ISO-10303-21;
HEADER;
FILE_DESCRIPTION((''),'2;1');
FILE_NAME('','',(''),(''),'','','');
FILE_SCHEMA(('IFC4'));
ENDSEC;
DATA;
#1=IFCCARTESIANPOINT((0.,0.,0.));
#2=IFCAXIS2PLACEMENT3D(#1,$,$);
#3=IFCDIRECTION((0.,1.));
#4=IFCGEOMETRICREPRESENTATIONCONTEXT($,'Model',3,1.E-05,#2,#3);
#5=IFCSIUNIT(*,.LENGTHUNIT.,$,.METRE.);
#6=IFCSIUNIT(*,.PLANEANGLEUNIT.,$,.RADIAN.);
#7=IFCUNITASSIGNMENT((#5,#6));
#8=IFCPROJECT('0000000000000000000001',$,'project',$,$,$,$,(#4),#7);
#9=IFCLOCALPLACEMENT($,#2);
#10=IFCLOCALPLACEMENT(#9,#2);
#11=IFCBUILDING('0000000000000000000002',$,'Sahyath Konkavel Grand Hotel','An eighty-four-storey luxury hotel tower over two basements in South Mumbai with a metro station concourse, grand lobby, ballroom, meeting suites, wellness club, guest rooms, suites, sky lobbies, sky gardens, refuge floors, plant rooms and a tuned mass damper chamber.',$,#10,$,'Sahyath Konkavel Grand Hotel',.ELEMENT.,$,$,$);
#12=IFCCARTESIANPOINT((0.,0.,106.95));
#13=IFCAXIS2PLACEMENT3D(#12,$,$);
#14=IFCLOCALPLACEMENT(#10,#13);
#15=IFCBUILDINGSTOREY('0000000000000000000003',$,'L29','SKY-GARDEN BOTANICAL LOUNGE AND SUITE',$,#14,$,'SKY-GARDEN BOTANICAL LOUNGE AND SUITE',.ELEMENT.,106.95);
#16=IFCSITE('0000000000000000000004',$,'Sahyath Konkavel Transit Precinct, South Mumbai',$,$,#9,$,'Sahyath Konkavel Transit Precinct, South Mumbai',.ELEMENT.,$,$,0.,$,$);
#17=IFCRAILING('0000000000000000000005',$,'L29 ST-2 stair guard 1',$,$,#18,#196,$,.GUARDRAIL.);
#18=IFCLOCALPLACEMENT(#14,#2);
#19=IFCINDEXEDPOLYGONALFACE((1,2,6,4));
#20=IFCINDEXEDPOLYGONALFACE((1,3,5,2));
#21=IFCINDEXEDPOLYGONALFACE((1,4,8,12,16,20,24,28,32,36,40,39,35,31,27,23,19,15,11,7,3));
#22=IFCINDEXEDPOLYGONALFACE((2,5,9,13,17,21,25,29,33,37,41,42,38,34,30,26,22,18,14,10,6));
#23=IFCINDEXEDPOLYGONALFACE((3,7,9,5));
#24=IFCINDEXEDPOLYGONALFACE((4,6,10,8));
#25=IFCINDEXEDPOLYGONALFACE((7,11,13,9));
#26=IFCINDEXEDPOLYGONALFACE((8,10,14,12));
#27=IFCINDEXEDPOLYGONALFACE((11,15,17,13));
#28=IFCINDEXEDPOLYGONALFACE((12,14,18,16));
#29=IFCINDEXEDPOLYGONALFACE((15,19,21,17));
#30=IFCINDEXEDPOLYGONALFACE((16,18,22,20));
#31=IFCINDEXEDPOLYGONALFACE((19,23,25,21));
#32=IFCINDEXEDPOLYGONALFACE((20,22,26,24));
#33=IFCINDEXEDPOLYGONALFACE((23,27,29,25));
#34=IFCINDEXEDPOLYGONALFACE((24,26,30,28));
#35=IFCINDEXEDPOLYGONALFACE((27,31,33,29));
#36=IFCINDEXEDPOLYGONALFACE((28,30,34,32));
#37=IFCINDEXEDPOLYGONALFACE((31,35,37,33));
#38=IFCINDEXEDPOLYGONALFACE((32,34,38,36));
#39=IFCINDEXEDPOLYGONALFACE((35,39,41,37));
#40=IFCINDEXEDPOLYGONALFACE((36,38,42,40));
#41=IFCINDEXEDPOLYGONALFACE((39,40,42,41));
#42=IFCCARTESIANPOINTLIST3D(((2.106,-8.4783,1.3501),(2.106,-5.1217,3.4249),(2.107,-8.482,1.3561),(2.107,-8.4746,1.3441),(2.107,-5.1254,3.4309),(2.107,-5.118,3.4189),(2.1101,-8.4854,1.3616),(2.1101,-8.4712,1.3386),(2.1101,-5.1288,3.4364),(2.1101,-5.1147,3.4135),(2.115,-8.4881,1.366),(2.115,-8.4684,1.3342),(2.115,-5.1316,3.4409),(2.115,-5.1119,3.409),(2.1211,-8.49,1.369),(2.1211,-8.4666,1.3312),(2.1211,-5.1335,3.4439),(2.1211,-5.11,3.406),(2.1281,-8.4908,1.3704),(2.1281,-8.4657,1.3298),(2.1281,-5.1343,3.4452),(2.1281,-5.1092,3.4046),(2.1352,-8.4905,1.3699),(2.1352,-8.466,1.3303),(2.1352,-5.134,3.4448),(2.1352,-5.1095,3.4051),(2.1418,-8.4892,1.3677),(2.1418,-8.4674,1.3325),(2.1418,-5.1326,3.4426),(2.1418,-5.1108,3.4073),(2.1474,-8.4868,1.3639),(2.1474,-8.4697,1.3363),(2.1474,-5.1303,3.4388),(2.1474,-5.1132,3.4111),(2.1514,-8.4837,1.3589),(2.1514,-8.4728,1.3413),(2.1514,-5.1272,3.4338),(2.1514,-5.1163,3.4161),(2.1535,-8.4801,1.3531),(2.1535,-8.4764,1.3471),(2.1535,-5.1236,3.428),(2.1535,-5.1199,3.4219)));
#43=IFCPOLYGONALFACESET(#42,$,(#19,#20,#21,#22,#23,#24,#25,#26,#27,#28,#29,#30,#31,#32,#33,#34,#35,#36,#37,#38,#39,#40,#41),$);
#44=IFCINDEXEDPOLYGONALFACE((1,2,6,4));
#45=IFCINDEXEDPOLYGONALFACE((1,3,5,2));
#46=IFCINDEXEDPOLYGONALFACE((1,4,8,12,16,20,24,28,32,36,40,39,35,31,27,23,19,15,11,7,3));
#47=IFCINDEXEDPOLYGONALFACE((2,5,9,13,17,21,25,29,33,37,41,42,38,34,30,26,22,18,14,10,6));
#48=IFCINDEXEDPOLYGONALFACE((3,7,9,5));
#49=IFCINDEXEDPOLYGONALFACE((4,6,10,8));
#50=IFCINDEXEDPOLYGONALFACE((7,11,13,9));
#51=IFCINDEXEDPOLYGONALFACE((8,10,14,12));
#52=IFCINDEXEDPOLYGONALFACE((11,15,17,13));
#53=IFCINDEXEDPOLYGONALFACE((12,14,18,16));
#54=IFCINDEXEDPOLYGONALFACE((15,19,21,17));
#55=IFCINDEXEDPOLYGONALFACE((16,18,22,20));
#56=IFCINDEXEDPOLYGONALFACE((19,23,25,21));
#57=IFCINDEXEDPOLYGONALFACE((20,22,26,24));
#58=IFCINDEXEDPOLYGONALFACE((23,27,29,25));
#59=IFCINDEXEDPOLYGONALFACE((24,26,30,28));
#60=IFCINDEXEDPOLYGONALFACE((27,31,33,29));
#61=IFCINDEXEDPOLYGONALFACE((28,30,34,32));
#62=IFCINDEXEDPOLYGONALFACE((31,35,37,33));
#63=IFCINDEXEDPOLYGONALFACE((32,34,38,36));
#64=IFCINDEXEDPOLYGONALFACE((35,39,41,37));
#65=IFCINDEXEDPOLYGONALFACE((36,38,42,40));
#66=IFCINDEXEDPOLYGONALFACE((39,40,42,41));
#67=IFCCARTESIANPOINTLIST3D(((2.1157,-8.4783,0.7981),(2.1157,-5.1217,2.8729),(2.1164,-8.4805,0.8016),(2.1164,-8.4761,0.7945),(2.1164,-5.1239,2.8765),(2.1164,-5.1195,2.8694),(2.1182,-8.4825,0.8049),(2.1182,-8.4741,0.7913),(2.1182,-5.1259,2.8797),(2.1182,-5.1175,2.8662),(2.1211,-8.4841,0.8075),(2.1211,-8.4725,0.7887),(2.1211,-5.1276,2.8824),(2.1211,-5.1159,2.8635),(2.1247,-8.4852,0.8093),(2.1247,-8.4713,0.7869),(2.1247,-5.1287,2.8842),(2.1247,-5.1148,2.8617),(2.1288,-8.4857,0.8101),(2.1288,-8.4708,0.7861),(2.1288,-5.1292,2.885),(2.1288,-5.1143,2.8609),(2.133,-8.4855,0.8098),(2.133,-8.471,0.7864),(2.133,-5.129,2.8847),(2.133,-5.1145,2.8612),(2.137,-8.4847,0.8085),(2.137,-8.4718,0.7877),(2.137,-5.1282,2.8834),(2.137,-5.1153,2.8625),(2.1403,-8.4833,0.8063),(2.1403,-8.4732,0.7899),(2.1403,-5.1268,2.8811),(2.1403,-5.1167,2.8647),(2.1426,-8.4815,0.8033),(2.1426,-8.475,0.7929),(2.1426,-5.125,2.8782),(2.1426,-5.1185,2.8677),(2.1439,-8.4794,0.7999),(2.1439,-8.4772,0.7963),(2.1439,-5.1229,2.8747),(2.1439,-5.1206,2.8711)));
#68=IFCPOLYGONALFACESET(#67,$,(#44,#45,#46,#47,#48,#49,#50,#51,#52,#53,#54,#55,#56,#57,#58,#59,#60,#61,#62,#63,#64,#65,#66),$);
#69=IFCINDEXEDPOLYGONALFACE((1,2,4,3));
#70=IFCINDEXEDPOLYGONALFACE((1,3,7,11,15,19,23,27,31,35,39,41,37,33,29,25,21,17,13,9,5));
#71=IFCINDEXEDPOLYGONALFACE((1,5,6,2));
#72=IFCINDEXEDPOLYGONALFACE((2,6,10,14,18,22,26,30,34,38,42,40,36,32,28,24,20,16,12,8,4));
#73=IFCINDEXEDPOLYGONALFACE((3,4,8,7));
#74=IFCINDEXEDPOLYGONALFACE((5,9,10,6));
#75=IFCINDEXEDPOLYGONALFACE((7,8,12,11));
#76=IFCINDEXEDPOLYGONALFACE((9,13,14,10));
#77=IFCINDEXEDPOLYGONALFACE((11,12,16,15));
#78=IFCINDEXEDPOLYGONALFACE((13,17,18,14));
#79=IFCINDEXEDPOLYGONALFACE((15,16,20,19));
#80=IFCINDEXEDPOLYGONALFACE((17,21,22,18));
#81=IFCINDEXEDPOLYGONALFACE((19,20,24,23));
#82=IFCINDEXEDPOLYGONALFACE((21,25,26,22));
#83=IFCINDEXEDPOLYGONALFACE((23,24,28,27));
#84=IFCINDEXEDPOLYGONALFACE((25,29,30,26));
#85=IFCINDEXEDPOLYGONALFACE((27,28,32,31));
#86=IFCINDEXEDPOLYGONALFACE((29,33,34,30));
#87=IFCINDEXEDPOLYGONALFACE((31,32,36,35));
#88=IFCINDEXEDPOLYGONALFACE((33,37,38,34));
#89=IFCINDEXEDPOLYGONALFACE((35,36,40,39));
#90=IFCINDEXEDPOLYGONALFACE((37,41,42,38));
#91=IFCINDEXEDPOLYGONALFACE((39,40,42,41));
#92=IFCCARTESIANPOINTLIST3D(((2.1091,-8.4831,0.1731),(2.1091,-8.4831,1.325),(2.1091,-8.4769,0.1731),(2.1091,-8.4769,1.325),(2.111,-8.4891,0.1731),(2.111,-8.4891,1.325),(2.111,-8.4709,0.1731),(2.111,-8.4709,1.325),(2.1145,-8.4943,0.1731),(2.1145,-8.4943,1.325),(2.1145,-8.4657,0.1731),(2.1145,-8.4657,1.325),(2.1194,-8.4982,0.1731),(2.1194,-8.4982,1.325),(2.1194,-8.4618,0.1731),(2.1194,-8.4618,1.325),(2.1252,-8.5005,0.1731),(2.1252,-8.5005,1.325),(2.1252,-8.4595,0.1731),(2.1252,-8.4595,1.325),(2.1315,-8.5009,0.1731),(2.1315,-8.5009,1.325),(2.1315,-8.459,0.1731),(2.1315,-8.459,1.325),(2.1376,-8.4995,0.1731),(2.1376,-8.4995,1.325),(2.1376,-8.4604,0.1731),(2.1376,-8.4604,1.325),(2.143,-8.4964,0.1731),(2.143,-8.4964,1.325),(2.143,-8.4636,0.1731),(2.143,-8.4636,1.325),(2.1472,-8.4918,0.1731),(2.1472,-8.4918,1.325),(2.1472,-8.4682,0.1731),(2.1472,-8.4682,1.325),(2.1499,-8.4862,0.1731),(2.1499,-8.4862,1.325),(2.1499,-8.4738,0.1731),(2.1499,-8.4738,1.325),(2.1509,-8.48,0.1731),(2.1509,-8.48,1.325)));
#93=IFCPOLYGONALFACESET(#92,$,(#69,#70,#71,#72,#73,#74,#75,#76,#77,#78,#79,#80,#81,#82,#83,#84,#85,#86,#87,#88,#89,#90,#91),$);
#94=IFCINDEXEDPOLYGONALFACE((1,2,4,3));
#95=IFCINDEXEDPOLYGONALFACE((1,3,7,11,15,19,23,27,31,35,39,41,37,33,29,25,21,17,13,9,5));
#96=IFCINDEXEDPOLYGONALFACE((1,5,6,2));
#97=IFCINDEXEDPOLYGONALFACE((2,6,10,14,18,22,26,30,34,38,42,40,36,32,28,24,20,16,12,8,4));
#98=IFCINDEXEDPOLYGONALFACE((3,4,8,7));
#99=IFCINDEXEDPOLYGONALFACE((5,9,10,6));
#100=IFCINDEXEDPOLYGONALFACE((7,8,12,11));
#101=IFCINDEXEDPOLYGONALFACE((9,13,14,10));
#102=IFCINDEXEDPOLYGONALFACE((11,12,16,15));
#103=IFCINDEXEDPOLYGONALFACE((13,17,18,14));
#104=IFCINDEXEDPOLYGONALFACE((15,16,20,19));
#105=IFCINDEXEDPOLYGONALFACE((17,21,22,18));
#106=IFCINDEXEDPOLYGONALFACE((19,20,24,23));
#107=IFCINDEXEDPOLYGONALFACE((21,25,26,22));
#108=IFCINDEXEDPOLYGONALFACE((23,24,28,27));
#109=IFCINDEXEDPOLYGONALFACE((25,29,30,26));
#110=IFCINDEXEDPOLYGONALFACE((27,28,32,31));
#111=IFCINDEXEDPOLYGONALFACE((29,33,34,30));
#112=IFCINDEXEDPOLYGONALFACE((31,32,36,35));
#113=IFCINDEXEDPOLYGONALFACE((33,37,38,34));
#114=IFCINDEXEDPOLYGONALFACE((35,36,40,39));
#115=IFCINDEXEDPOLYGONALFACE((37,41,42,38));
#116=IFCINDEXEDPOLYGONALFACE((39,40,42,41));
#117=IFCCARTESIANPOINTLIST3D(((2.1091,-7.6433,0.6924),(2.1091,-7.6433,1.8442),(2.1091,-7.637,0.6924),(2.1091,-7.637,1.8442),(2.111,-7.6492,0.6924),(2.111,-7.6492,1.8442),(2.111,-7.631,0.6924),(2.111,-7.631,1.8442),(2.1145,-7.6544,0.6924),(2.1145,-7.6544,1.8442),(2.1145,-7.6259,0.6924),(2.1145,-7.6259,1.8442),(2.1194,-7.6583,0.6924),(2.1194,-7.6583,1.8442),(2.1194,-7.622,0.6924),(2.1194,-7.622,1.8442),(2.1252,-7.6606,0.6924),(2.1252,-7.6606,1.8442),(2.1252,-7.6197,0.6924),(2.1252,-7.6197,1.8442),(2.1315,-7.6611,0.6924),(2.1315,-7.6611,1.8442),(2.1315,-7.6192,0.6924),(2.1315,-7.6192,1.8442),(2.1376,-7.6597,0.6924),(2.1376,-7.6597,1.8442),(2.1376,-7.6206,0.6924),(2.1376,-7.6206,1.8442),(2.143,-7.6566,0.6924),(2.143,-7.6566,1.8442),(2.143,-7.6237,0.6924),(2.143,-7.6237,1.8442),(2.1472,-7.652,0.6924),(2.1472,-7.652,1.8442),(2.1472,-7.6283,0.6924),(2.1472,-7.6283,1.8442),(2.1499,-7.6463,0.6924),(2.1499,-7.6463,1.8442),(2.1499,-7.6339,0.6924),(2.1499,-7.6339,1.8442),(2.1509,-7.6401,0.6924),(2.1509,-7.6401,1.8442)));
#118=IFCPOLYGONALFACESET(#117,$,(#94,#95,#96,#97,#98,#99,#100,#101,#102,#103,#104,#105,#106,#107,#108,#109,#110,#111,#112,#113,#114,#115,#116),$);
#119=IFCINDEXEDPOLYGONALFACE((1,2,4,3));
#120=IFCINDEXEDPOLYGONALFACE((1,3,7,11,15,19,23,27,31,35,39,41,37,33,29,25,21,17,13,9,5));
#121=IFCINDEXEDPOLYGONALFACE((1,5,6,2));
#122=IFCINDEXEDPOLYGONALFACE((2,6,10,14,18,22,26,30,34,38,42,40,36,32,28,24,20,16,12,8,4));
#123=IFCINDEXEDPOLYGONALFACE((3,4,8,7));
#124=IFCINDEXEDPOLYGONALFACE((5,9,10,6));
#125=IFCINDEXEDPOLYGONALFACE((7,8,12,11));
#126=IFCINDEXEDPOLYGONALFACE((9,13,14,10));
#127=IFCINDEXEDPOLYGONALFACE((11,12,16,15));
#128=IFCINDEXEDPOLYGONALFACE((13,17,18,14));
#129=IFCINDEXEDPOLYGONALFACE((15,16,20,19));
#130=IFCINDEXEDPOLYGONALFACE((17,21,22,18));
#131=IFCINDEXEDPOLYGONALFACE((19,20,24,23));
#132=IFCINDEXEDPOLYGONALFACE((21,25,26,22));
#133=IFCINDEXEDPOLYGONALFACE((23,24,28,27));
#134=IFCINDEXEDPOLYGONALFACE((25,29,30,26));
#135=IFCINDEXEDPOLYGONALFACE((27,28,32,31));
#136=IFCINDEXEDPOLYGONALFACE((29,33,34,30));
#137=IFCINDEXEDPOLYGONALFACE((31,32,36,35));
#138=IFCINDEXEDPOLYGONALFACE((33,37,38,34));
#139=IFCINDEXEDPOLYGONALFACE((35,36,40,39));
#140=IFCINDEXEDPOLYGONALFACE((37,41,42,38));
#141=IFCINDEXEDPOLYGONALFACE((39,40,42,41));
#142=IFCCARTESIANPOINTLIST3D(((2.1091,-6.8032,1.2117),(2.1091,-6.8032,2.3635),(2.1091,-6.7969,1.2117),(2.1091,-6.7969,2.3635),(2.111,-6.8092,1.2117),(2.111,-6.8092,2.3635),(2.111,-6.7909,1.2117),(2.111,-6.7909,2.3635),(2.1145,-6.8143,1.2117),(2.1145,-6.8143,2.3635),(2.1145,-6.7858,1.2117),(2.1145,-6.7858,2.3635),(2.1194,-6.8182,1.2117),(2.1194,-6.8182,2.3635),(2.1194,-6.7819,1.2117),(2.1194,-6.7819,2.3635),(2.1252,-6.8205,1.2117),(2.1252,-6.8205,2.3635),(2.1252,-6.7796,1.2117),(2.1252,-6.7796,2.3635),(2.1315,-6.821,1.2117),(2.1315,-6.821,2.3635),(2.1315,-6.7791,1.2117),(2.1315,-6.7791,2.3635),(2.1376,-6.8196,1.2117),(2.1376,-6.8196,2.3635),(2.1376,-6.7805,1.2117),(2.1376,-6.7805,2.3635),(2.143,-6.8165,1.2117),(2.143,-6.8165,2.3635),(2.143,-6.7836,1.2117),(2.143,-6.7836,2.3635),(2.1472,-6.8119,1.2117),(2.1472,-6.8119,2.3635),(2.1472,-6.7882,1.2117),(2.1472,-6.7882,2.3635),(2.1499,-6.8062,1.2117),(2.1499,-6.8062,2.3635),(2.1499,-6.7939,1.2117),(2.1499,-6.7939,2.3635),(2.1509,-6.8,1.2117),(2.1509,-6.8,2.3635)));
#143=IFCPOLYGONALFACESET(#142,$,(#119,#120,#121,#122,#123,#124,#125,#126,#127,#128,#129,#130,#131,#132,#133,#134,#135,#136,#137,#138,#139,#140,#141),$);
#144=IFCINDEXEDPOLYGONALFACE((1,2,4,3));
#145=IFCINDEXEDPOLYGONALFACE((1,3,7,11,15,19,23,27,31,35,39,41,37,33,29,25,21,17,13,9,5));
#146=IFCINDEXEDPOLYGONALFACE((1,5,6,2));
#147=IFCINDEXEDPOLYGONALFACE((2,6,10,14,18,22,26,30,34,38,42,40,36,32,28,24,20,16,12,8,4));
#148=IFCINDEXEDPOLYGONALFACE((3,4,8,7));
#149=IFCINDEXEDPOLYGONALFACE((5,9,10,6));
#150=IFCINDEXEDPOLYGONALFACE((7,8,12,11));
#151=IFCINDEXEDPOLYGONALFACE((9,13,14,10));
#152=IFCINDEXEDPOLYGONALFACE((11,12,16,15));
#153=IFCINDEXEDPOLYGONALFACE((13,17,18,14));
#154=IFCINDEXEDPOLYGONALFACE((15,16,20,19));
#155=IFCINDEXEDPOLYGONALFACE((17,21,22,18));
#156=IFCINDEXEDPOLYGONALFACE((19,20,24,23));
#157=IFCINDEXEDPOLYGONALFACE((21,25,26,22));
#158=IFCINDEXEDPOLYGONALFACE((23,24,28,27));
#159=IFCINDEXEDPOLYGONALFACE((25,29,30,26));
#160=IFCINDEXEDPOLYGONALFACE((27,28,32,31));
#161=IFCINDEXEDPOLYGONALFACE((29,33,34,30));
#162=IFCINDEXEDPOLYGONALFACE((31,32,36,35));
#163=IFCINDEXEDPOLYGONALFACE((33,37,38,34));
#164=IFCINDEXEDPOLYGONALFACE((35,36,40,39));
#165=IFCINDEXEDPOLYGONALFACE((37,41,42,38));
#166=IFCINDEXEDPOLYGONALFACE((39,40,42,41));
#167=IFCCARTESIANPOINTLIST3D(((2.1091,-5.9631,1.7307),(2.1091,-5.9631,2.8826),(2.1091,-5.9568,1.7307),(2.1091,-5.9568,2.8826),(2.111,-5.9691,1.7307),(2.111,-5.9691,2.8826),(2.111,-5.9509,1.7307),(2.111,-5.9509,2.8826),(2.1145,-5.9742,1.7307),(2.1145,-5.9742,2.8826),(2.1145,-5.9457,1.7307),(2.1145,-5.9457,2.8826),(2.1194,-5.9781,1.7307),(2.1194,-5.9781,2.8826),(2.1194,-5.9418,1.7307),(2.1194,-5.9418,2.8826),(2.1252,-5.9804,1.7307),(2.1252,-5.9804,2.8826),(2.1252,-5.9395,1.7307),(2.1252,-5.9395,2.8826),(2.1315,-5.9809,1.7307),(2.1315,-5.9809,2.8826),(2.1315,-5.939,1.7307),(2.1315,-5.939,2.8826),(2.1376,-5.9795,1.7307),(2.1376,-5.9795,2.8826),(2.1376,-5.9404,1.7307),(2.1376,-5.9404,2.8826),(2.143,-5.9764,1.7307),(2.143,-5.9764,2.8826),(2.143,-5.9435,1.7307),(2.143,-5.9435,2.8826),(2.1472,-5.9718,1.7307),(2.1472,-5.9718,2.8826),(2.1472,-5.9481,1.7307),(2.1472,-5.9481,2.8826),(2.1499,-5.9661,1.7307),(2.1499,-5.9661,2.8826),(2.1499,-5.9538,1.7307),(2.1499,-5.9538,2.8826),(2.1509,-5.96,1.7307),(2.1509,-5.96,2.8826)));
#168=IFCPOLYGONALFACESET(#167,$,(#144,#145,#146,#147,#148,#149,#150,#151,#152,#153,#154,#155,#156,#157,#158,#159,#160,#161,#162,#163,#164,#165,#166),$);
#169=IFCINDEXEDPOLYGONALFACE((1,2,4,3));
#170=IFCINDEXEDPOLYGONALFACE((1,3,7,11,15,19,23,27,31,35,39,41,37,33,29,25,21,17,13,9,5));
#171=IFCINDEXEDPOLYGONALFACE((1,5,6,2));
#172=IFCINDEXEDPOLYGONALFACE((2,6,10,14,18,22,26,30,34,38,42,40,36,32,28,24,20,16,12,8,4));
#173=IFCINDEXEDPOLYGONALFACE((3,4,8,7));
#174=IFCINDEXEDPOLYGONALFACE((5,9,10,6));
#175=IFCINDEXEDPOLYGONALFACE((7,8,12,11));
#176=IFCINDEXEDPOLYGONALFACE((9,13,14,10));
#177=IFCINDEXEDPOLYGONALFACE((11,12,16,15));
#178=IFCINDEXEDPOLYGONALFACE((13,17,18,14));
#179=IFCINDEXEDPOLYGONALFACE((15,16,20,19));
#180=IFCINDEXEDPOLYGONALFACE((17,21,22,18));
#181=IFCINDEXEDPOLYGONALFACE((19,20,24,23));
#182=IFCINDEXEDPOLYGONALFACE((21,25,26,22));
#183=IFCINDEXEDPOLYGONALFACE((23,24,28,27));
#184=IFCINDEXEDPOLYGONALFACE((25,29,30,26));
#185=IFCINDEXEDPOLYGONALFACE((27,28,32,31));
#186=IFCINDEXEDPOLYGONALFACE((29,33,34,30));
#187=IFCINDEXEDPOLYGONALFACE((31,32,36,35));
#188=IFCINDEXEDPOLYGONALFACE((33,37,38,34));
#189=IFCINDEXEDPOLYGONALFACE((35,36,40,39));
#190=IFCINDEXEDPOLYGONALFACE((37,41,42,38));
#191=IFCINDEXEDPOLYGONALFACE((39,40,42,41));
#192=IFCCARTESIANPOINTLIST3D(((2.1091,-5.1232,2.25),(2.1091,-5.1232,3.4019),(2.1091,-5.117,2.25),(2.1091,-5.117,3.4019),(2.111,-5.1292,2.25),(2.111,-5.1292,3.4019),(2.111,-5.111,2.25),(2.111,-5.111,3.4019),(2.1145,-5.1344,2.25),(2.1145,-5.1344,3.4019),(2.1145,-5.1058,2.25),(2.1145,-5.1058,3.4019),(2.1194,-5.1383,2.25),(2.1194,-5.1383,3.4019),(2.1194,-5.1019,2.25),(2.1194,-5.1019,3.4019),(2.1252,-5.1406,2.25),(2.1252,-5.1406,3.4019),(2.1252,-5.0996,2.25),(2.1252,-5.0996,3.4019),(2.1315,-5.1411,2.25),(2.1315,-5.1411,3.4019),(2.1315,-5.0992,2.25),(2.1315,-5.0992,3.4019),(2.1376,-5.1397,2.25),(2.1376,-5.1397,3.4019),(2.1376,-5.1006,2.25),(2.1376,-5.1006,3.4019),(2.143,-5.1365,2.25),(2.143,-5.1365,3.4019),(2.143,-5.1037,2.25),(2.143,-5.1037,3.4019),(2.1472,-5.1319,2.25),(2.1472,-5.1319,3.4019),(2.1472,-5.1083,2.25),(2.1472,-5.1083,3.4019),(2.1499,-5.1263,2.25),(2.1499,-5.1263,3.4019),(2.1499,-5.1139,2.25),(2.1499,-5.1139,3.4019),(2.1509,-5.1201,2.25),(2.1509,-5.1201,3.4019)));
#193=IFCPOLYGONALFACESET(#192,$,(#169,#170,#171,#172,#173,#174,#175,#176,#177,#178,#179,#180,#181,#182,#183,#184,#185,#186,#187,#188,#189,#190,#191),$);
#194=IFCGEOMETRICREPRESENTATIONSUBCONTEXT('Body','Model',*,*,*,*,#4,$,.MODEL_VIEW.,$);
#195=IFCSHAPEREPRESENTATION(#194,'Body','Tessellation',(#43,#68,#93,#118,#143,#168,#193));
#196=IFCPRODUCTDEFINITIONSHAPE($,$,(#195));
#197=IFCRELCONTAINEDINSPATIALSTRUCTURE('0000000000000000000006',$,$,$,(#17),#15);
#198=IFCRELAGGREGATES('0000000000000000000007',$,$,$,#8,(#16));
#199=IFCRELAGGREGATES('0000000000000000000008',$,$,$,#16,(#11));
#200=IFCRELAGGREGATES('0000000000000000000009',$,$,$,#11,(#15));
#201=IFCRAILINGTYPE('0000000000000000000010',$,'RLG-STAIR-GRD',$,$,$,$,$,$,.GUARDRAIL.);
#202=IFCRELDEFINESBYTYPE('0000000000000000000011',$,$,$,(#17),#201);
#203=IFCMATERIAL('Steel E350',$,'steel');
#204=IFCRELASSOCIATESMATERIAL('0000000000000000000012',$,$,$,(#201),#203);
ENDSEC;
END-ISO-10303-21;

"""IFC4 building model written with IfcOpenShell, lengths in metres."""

from ifc_helpers import new_model, si_unit, direction, frame, origin, origin_2d, place, context, subcontext, project, spatial, circle, extrude, material, type_object, element, save


model = new_model("IFC4")

# Units and contexts
model_context = context("Model", 3, precision=1e-05, world=origin(), true_north=direction((0.0, 1.0)))
body_context = subcontext(model_context, "Body", "Model", "MODEL_VIEW")
ifc_project = project(units=[si_unit("LENGTHUNIT", "METRE"), si_unit("PLANEANGLEUNIT", "RADIAN")], contexts=[model_context])

# Site, building, storey
site_placement = place(None, origin())
site = spatial("IfcSite", under=ifc_project, at=site_placement, Name="Sahyath Konkavel Transit Precinct, South Mumbai", LongName="Sahyath Konkavel Transit Precinct, South Mumbai", CompositionType="ELEMENT", RefElevation=0.0)
building_placement = place(site_placement, origin())
building = spatial("IfcBuilding", under=site, at=building_placement, Name="Sahyath Konkavel Grand Hotel", Description="An eighty-four-storey luxury hotel tower over two basements in South Mumbai with a metro station concourse, grand lobby, ballroom, meeting suites, wellness club, guest rooms, suites, sky lobbies, sky gardens, refuge floors, plant rooms and a tuned mass damper chamber.", LongName="Sahyath Konkavel Grand Hotel", CompositionType="ELEMENT")
storey_placement = place(building_placement, frame((0.0, 0.0, 106.95)))
storey = spatial("IfcBuildingStorey", under=building, at=storey_placement, Name="L29", Description="SKY-GARDEN BOTANICAL LOUNGE AND SUITE", LongName="SKY-GARDEN BOTANICAL LOUNGE AND SUITE", CompositionType="ELEMENT", Elevation=106.95)

# Shared definitions
ifc_material_1 = material(Name="Steel E350", Category="steel")

# Railing
railing_type_1 = type_object("IfcRailingType", Name="RLG-STAIR-GRD", PredefinedType="GUARDRAIL", material=ifc_material_1)
railing_1_placement = place(storey_placement, frame((2.1299, -8.48, 0.1731)))
element("IfcRailing", 1, at=railing_1_placement, inside=storey, type_object=railing_type_1, Name="L29 ST-2 stair guard 1", PredefinedType="GUARDRAIL", context=body_context, shape_type="SweptSolid", body=[
    extrude(circle(Radius=0.0239, at=origin_2d()), frame((0.0, 0.0017, 1.177), z_axis=(0.0, 0.850606, 0.525803), x_axis=(-1.0, 0.0, 0.0)), (0.0, 0.0, 1.0), 3.946),
    extrude(circle(Radius=0.0142, at=origin_2d()), frame((0.0, 0.0017, 0.625), z_axis=(0.0, 0.850606, 0.525803), x_axis=(-1.0, 0.0, 0.0)), (0.0, 0.0, 1.0), 3.946),
    extrude(circle(Radius=0.021, at=origin_2d()), origin(), (0.0, 0.0, 1.0), 1.1519),
    extrude(circle(Radius=0.021, at=origin_2d()), frame((0.0, 0.8398, 0.5193)), (0.0, 0.0, 1.0), 1.1519),
    extrude(circle(Radius=0.021, at=origin_2d()), frame((0.0, 1.6799, 1.0386)), (0.0, 0.0, 1.0), 1.1519),
    extrude(circle(Radius=0.021, at=origin_2d()), frame((0.0, 2.52, 1.5576)), (0.0, 0.0, 1.0), 1.1519),
    extrude(circle(Radius=0.021, at=origin_2d()), frame((0.0, 3.3599, 2.0769)), (0.0, 0.0, 1.0), 1.1519),
])

save(model, "model.ifc")
